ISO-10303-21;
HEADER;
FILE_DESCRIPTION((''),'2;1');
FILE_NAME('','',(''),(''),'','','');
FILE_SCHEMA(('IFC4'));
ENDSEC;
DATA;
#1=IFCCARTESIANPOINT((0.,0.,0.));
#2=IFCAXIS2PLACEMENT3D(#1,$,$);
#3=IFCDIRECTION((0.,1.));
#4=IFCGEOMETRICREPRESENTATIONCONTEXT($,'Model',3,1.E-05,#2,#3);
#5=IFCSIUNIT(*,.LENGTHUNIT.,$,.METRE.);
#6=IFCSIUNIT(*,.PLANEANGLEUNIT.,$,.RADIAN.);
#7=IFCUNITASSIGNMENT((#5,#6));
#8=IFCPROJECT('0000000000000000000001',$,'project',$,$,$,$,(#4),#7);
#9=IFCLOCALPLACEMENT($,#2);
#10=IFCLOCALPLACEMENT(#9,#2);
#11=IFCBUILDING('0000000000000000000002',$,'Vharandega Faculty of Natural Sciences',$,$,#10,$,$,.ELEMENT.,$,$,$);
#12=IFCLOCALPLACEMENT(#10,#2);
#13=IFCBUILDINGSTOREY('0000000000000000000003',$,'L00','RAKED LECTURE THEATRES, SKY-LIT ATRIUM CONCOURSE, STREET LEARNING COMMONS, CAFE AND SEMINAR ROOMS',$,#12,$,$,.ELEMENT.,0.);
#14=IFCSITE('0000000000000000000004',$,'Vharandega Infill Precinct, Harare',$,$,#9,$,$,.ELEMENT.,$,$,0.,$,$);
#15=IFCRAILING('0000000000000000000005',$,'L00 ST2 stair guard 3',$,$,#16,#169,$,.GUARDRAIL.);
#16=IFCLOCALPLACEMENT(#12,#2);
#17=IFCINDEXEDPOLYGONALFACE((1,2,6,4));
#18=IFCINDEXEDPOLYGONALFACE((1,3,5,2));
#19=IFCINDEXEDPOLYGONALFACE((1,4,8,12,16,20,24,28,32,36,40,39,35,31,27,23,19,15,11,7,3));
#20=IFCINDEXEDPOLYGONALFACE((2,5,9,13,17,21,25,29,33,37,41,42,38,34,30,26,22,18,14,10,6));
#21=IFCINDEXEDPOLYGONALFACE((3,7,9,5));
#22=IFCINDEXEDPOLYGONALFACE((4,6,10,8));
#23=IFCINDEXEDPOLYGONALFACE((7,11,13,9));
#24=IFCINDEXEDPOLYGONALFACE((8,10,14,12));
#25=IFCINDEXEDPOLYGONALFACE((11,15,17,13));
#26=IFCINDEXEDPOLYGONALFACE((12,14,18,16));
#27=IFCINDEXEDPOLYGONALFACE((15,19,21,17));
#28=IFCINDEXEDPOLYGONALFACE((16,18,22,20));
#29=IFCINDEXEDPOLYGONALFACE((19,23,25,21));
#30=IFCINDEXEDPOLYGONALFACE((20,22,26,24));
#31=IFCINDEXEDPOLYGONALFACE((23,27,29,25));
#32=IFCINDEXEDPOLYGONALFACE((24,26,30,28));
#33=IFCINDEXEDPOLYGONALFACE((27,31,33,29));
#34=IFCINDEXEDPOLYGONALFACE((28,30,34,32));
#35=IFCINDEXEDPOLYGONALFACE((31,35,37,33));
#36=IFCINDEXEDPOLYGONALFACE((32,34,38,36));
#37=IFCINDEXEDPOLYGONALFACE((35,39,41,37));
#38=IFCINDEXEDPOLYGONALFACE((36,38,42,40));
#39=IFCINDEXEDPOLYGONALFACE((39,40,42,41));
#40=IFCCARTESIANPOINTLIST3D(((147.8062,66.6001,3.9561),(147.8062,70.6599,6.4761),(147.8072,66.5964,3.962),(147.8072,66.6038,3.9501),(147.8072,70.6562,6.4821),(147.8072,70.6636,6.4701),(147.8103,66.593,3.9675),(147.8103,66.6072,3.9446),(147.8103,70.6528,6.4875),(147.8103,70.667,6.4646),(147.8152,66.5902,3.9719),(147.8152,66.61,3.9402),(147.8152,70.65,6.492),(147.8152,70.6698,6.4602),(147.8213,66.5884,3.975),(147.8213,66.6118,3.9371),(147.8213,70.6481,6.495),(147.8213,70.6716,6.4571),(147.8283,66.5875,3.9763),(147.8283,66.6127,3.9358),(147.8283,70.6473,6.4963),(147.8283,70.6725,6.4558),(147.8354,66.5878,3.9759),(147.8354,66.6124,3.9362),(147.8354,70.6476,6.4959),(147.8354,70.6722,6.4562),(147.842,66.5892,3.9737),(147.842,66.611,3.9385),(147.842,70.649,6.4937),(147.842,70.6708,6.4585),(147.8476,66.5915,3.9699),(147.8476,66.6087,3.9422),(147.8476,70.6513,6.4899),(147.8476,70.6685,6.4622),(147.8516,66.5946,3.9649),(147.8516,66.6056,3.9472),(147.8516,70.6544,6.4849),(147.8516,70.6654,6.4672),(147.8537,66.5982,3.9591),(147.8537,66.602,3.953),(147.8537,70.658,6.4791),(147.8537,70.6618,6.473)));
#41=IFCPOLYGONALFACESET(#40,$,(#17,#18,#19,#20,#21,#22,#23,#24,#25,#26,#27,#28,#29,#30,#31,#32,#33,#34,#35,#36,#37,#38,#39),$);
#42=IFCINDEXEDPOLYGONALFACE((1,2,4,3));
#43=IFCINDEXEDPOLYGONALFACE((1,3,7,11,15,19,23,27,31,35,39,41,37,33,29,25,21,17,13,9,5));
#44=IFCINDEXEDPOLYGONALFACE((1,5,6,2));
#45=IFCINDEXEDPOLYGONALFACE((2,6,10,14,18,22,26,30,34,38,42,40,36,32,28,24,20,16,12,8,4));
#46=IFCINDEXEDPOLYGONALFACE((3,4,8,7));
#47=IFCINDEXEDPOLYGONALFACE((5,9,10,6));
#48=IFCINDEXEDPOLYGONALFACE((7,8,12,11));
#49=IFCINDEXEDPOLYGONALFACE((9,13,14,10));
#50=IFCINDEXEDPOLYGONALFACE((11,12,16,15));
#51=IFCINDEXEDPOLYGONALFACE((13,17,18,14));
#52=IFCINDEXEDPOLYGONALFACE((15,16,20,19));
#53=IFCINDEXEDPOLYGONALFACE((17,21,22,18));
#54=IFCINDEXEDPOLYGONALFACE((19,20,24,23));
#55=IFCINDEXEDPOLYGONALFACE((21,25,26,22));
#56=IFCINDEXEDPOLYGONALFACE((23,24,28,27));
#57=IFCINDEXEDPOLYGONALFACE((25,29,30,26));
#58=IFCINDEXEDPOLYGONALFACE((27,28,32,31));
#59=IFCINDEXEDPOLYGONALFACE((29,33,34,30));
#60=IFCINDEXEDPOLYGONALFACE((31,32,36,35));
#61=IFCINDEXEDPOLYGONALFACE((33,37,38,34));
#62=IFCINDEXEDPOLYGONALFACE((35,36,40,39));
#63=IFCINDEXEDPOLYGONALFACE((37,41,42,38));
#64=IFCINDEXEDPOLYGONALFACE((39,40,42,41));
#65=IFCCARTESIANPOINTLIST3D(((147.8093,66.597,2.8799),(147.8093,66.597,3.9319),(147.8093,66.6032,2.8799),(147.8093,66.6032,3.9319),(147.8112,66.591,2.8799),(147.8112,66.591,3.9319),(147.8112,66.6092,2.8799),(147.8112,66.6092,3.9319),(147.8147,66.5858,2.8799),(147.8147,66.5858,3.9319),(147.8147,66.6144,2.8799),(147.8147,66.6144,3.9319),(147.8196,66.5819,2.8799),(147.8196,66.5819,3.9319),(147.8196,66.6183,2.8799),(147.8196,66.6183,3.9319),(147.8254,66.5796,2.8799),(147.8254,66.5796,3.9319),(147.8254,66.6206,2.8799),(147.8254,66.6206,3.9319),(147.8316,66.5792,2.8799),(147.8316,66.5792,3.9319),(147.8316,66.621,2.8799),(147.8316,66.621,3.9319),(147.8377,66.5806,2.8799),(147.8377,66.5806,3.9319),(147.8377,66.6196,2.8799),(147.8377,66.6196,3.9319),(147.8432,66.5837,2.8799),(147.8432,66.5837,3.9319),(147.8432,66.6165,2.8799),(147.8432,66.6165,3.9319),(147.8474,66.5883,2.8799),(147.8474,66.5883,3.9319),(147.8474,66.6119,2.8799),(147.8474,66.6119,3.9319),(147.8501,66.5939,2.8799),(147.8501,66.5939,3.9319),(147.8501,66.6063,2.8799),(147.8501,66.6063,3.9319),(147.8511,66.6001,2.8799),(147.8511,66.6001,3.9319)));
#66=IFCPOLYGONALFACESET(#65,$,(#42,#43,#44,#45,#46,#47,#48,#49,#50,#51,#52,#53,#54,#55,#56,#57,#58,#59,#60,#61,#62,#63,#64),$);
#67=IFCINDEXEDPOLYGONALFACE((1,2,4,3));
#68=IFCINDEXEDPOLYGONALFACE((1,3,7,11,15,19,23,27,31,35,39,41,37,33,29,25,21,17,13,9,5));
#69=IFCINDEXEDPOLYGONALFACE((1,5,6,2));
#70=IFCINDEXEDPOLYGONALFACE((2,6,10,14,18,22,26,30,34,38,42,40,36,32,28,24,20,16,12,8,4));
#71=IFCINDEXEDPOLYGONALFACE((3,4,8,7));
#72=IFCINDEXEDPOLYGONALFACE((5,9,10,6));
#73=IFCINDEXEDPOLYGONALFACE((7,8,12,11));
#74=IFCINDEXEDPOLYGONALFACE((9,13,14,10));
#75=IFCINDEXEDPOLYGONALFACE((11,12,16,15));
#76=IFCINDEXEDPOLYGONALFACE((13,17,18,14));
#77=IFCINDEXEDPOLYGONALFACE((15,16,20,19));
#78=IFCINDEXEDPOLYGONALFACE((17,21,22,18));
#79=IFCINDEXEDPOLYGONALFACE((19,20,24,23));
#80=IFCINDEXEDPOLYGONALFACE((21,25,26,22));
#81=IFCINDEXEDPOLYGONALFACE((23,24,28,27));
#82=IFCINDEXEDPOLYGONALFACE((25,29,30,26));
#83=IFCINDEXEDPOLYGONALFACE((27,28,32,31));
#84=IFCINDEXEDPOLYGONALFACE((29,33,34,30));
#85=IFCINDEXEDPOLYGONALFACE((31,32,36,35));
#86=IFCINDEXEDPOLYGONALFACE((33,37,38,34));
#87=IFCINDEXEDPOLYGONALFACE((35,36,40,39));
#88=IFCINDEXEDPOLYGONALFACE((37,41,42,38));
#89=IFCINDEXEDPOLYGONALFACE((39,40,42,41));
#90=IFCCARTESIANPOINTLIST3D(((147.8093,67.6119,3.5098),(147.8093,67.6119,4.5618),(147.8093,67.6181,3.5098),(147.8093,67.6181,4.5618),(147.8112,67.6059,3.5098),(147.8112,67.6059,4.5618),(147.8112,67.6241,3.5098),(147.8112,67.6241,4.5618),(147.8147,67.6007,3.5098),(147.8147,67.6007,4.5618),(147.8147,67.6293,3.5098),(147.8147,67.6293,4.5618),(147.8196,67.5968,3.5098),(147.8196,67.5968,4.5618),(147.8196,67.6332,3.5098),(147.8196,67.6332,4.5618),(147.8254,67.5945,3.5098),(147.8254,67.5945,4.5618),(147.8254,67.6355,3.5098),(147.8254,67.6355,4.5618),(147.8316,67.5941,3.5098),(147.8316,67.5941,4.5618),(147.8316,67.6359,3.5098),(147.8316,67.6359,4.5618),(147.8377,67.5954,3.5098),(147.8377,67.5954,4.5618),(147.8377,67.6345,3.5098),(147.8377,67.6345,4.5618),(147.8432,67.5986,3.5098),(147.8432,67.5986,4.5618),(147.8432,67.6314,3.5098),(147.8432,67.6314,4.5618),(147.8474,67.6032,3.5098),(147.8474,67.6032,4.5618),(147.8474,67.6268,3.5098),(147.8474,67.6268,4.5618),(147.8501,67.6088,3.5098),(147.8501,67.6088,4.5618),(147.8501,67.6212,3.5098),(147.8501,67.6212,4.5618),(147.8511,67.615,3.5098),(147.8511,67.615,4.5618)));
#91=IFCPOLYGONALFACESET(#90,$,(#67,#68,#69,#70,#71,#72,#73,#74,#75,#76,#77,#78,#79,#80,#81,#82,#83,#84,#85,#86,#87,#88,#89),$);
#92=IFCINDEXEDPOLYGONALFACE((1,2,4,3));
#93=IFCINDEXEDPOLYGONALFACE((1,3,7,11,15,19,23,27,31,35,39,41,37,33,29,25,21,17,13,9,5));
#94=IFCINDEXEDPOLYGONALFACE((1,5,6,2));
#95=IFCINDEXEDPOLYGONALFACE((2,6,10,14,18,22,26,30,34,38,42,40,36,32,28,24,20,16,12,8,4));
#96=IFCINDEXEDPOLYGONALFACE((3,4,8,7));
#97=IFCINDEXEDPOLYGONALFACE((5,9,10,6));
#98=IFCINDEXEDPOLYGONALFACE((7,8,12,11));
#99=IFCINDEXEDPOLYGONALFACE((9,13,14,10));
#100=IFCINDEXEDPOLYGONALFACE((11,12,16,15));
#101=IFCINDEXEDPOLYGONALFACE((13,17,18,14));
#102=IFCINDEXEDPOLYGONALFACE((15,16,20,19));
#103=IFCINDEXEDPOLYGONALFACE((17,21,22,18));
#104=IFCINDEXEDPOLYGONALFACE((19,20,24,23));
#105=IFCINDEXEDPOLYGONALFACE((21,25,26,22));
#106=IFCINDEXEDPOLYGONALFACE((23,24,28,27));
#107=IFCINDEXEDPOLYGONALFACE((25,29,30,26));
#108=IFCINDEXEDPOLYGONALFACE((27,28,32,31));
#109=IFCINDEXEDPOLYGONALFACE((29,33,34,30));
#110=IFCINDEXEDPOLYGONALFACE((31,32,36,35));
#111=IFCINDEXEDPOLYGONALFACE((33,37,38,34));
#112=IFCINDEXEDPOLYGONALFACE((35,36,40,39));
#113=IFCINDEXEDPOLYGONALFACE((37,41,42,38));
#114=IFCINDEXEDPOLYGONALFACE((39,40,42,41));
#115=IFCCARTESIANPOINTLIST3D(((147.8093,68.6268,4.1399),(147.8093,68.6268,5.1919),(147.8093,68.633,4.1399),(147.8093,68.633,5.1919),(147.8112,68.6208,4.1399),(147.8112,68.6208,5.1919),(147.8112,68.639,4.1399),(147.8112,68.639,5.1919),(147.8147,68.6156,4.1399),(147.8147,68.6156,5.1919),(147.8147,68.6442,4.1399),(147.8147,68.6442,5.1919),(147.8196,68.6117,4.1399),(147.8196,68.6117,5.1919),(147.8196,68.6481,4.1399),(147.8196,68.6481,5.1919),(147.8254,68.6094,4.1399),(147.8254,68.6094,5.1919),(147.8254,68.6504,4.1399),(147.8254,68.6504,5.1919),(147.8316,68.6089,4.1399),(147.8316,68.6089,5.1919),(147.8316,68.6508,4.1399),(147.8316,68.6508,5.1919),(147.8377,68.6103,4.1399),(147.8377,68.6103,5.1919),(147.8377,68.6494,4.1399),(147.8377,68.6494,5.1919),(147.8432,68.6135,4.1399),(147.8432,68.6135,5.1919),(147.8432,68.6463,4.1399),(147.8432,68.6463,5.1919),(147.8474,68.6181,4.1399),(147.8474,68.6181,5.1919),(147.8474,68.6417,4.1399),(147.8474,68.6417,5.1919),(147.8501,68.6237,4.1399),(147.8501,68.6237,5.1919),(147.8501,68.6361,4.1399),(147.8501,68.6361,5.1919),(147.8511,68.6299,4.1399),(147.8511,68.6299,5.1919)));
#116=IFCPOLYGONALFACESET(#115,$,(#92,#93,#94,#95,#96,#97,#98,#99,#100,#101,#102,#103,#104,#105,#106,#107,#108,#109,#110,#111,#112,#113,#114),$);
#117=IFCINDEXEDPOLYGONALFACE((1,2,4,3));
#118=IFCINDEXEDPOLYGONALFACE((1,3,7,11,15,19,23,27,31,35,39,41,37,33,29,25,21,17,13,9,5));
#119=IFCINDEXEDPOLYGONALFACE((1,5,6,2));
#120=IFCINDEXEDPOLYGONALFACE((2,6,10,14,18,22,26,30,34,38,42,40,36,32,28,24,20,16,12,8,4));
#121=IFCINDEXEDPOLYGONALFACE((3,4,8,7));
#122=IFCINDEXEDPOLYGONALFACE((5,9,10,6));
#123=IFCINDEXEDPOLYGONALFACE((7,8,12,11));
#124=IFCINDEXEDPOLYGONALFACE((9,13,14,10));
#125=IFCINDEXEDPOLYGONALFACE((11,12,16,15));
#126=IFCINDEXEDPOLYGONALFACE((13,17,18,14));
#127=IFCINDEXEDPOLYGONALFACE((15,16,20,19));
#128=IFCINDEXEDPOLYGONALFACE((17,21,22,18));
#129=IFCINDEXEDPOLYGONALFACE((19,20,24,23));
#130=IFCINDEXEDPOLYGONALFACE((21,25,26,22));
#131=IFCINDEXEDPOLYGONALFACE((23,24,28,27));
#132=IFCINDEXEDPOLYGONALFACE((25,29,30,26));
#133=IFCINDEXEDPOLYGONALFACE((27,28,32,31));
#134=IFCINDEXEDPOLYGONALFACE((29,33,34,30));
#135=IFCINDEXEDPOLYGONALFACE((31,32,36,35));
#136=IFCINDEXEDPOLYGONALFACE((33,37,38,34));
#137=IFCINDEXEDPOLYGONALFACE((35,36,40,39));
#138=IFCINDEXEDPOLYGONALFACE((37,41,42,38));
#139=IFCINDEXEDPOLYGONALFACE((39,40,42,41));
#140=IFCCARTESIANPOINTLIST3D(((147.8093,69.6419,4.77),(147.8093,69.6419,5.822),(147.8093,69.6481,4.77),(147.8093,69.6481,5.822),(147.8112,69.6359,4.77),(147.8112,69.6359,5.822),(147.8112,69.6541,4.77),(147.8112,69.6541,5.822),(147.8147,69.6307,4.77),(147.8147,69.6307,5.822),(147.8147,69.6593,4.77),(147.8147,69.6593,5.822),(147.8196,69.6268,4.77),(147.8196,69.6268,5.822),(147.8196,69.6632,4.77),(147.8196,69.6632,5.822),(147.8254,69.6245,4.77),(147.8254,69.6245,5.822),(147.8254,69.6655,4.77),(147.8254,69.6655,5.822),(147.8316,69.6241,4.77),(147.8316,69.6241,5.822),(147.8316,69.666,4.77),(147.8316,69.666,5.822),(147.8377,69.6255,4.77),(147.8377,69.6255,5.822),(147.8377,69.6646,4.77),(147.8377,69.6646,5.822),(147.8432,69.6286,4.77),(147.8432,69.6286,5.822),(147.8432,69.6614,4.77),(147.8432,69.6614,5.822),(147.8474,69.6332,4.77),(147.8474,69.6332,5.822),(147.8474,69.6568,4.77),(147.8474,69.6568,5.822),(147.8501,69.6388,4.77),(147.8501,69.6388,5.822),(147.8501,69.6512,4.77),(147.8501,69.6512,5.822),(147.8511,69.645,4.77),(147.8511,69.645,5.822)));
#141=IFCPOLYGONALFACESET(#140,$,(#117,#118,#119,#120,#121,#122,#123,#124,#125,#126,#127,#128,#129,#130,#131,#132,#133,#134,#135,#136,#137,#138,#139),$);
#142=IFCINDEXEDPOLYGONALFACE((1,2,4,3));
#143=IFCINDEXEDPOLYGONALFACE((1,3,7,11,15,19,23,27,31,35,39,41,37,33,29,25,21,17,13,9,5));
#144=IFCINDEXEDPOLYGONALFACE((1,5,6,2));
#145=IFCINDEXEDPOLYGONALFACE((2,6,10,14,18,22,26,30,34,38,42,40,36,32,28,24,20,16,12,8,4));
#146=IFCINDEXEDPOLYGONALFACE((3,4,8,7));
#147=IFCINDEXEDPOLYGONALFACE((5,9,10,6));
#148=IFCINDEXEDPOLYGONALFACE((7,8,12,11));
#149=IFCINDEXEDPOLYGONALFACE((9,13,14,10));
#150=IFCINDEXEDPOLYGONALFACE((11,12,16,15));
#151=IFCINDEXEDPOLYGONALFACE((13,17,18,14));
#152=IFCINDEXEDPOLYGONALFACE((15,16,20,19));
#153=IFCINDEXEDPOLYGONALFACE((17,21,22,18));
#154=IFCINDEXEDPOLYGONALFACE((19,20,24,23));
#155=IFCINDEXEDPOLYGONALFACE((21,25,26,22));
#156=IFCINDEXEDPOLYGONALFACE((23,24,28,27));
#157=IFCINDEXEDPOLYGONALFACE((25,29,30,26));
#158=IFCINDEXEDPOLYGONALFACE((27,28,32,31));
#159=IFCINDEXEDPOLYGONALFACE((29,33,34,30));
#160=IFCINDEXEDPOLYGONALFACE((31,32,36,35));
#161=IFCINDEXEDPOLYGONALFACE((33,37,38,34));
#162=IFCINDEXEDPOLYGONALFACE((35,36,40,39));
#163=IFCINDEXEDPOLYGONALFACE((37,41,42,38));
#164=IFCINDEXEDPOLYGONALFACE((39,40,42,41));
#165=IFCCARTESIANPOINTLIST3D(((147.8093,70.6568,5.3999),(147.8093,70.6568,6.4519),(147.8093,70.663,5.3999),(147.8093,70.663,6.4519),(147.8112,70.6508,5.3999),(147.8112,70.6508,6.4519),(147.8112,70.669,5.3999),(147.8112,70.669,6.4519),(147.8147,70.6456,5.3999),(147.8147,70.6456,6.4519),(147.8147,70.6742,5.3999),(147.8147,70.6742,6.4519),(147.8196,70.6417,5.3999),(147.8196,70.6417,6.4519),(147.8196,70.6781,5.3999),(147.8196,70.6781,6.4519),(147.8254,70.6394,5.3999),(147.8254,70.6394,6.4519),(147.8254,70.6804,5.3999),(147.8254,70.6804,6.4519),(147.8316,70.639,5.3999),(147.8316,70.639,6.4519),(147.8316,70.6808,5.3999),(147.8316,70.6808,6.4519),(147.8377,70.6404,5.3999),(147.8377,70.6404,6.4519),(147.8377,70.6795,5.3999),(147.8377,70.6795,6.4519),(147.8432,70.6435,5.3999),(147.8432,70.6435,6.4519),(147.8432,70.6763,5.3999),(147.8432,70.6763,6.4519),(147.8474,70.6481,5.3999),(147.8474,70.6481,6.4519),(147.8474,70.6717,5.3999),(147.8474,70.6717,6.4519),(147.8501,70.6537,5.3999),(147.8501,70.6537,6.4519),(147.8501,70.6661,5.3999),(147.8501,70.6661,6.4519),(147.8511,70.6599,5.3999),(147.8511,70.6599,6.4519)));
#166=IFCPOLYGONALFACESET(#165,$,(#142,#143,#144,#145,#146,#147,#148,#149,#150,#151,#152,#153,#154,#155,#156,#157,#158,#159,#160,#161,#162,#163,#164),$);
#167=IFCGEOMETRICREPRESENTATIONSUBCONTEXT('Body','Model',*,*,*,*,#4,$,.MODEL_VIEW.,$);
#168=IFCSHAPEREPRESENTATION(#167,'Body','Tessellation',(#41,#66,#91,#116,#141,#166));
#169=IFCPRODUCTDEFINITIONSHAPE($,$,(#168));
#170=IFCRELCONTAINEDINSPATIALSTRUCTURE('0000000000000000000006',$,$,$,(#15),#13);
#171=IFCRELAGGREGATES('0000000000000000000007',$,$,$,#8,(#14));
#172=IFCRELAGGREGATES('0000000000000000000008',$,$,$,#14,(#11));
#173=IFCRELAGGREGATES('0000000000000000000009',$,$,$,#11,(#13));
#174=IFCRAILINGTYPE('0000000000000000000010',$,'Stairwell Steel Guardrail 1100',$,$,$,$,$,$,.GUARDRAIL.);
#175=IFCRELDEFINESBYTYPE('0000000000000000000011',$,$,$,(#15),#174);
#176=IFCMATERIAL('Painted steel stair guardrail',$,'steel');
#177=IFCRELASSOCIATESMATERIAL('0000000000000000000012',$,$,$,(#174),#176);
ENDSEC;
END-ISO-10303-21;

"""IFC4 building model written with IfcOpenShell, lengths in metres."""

from ifc_helpers import new_model, si_unit, direction, frame, origin, origin_2d, place, context, subcontext, project, spatial, circle, extrude, material, type_object, element, save


model = new_model("IFC4")

# Units and contexts
model_context = context("Model", 3, precision=1e-05, world=origin(), true_north=direction((0.0, 1.0)))
body_context = subcontext(model_context, "Body", "Model", "MODEL_VIEW")
ifc_project = project(units=[si_unit("LENGTHUNIT", "METRE"), si_unit("PLANEANGLEUNIT", "RADIAN")], contexts=[model_context])

# Site, building, storey
site_placement = place(None, origin())
site = spatial("IfcSite", under=ifc_project, at=site_placement, Name="Vharandega Infill Precinct, Harare", CompositionType="ELEMENT", RefElevation=0.0)
building_placement = place(site_placement, origin())
building = spatial("IfcBuilding", under=site, at=building_placement, Name="Vharandega Faculty of Natural Sciences", CompositionType="ELEMENT")
storey_placement = place(building_placement, origin())
storey = spatial("IfcBuildingStorey", under=building, at=storey_placement, Name="L00", Description="RAKED LECTURE THEATRES, SKY-LIT ATRIUM CONCOURSE, STREET LEARNING COMMONS, CAFE AND SEMINAR ROOMS", CompositionType="ELEMENT", Elevation=0.0)

# Railing
ifc_material_1 = material(Name="Painted steel stair guardrail", Category="steel")
railing_type_1 = type_object("IfcRailingType", Name="Stairwell Steel Guardrail 1100", PredefinedType="GUARDRAIL", material=ifc_material_1)
railing_1_placement = place(storey_placement, frame((147.8301, 66.6001, 2.8799)))
element("IfcRailing", 1, at=railing_1_placement, inside=storey, type_object=railing_type_1, Name="L00 ST2 stair guard 3", PredefinedType="GUARDRAIL", context=body_context, shape_type="SweptSolid", body=[
    extrude(circle(Radius=0.0239, at=origin_2d()), frame((0.0, 0.0, 1.0762), z_axis=(0.0, 0.849628, 0.527383), x_axis=(-1.0, 0.0, 0.0)), (0.0, 0.0, 1.0), 4.7783),
    extrude(circle(Radius=0.021, at=origin_2d()), origin(), (0.0, 0.0, 1.0), 1.052),
    extrude(circle(Radius=0.021, at=origin_2d()), frame((0.0, 1.0149, 0.6299)), (0.0, 0.0, 1.0), 1.052),
    extrude(circle(Radius=0.021, at=origin_2d()), frame((0.0, 2.0298, 1.26)), (0.0, 0.0, 1.0), 1.052),
    extrude(circle(Radius=0.021, at=origin_2d()), frame((0.0, 3.0449, 1.8901)), (0.0, 0.0, 1.0), 1.052),
    extrude(circle(Radius=0.021, at=origin_2d()), frame((0.0, 4.0598, 2.52)), (0.0, 0.0, 1.0), 1.052),
])

save(model, "model.ifc")
